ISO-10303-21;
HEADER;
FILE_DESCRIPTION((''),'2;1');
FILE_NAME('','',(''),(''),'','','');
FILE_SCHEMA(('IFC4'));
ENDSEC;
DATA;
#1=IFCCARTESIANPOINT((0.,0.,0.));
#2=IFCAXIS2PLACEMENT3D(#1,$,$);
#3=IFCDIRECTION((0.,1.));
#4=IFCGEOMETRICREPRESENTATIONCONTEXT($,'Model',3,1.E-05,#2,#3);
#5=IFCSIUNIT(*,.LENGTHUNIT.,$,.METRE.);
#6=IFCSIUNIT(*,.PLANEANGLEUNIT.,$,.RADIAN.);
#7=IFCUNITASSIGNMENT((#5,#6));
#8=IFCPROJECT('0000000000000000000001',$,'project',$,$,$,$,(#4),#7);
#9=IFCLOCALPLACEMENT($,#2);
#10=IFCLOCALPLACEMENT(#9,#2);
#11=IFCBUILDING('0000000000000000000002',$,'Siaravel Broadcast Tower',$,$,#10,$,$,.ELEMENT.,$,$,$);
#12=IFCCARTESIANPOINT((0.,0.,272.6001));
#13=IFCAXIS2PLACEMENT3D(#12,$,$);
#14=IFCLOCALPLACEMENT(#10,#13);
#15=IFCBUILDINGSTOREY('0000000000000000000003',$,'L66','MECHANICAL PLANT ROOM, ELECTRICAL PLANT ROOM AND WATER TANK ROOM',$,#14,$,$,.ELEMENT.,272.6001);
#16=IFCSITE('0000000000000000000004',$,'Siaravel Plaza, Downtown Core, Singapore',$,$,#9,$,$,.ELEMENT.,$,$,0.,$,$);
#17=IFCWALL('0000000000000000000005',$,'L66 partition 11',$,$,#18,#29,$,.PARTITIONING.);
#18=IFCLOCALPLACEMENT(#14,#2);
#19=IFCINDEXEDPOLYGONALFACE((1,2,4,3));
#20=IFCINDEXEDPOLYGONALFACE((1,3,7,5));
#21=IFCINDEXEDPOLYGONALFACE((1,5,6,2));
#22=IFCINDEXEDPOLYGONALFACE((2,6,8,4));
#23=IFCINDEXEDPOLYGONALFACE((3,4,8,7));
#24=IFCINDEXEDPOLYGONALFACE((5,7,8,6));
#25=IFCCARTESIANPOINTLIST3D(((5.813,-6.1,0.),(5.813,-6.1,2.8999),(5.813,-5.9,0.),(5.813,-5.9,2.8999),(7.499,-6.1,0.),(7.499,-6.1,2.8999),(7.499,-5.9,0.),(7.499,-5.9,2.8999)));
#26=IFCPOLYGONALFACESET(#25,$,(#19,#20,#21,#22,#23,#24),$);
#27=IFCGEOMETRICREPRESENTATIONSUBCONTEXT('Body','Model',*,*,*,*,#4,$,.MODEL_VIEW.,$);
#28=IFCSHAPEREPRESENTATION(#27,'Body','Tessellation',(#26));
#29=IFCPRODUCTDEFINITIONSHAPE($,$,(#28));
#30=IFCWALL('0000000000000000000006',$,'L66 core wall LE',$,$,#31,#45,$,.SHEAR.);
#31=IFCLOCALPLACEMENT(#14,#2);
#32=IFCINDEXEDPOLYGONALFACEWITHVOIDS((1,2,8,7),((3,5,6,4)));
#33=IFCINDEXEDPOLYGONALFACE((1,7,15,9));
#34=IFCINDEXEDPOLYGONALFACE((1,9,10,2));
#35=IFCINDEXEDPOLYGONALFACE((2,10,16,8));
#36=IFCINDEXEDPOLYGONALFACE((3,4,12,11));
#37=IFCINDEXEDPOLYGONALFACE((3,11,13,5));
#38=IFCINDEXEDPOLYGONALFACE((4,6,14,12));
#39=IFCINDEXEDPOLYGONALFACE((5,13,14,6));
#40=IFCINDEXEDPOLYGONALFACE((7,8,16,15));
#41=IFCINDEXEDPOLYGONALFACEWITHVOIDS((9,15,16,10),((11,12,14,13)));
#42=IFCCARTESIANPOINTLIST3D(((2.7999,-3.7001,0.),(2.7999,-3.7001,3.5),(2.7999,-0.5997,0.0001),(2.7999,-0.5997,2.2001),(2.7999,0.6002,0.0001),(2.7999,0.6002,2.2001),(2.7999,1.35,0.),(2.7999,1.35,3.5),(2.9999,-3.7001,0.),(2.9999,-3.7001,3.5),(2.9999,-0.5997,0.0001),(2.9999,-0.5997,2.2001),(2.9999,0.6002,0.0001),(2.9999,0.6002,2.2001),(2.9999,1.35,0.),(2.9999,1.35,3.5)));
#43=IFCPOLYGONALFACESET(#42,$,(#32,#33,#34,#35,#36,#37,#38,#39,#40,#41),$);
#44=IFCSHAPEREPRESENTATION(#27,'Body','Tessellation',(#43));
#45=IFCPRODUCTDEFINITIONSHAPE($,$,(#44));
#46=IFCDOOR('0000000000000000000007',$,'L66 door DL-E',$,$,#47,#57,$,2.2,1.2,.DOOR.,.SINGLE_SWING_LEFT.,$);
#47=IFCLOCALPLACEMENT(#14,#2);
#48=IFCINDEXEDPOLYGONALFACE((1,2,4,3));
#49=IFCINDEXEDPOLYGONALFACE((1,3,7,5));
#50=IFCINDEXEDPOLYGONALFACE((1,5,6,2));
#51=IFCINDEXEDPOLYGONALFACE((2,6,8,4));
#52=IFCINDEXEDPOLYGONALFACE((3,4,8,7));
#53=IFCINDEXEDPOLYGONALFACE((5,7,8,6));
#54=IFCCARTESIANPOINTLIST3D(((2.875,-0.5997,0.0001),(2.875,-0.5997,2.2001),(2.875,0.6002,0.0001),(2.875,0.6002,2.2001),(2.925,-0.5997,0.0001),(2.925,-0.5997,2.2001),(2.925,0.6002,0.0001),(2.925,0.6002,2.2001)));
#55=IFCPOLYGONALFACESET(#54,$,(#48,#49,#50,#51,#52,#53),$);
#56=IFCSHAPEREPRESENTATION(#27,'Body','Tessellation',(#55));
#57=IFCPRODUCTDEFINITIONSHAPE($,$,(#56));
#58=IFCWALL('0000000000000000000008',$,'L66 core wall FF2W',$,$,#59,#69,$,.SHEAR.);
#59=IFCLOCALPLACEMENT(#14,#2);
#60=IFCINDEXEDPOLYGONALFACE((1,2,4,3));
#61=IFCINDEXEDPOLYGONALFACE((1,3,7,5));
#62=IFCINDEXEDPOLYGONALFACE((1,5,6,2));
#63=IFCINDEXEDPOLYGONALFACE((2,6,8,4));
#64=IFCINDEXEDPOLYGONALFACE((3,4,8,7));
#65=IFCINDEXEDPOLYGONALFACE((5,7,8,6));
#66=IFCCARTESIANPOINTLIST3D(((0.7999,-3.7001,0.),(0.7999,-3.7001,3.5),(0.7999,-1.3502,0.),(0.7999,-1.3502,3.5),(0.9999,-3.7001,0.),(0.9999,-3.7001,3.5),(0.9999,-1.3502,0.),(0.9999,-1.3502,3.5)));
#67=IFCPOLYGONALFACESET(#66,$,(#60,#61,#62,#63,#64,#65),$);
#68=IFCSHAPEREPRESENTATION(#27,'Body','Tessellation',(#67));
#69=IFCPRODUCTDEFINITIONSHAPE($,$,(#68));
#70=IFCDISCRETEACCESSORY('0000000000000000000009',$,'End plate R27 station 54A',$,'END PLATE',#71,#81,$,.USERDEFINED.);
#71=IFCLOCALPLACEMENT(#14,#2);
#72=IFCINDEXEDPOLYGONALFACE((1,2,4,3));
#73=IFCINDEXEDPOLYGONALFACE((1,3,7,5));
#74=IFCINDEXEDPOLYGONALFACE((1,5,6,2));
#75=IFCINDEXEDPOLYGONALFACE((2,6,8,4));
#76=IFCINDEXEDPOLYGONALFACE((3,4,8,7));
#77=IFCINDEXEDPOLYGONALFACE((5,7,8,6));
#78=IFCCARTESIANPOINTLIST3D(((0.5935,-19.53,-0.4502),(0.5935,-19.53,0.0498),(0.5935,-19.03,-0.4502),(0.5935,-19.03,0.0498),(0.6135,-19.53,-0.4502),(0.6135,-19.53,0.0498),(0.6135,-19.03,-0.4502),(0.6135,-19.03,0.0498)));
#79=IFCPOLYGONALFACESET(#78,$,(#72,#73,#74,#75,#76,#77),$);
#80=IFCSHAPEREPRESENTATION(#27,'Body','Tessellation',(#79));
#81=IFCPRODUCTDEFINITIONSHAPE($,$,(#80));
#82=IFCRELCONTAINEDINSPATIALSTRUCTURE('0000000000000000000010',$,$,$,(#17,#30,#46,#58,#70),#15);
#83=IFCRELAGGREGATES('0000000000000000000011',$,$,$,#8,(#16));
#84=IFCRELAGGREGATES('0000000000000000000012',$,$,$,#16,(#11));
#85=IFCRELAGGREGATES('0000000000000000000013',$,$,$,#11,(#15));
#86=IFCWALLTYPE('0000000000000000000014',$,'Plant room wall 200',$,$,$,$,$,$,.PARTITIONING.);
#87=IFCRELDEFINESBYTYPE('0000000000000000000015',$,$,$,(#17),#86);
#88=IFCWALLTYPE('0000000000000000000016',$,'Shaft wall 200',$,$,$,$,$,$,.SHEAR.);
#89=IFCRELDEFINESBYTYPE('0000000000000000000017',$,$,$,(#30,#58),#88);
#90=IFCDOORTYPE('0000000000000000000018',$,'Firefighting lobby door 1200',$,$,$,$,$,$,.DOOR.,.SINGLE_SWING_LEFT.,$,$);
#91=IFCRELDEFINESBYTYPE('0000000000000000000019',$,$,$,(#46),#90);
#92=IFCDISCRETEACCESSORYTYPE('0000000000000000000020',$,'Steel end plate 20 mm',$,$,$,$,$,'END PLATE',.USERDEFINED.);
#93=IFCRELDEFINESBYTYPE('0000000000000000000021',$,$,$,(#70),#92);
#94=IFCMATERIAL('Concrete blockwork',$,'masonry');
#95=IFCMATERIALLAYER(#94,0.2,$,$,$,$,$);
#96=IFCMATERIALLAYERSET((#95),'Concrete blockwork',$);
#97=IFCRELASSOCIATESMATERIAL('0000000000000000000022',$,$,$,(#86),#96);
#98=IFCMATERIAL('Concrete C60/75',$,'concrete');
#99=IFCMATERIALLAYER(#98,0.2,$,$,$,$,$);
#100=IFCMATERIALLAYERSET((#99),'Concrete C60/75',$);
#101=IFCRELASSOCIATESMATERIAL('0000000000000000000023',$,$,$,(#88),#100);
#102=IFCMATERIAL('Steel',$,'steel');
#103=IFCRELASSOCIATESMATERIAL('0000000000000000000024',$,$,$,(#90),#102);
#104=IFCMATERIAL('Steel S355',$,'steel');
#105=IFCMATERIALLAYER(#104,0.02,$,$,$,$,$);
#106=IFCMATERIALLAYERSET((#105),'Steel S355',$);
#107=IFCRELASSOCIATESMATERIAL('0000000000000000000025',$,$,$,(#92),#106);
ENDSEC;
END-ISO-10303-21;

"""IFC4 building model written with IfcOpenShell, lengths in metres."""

from ifc_helpers import new_model, si_unit, direction, frame, frame_2d, origin, origin_2d, place, context, subcontext, project, spatial, rectangle, extrude, material, layer, layer_set, type_object, element, fill, save


model = new_model("IFC4")

# Units and contexts
model_context = context("Model", 3, precision=1e-05, world=origin(), true_north=direction((0.0, 1.0)))
body_context = subcontext(model_context, "Body", "Model", "MODEL_VIEW")
ifc_project = project(units=[si_unit("LENGTHUNIT", "METRE"), si_unit("PLANEANGLEUNIT", "RADIAN")], contexts=[model_context])

# Site, building, storey
site_placement = place(None, origin())
site = spatial("IfcSite", under=ifc_project, at=site_placement, Name="Siaravel Plaza, Downtown Core, Singapore", CompositionType="ELEMENT", RefElevation=0.0)
building_placement = place(site_placement, origin())
building = spatial("IfcBuilding", under=site, at=building_placement, Name="Siaravel Broadcast Tower", CompositionType="ELEMENT")
storey_placement = place(building_placement, frame((0.0, 0.0, 272.6001)))
storey = spatial("IfcBuildingStorey", under=building, at=storey_placement, Name="L66", Description="MECHANICAL PLANT ROOM, ELECTRICAL PLANT ROOM AND WATER TANK ROOM", CompositionType="ELEMENT", Elevation=272.6001)

# Shared definitions
ifc_material_1 = material(Name="Concrete C60/75", Category="concrete")
ifc_material_2 = material(Name="Steel", Category="steel")
ifc_material_3 = material(Name="Concrete blockwork", Category="masonry")
ifc_layer_1 = layer(ifc_material_3, 0.2)
ifc_layer_set_1 = layer_set([ifc_layer_1], Name="Concrete blockwork")
wall_type_1 = type_object("IfcWallType", Name="Plant room wall 200", PredefinedType="PARTITIONING", material=ifc_layer_set_1)

# Wall
wall_1_placement = place(storey_placement, frame((5.813, -6.0, 0.0), z_axis=(0.0, 0.0, 1.0), x_axis=(1.0, 0.0, 0.0)))
element("IfcWall", 1, at=wall_1_placement, inside=storey, type_object=wall_type_1, Name="L66 partition 11", PredefinedType="PARTITIONING", context=body_context, shape_type="SweptSolid", body=[
    extrude(rectangle(XDim=1.686, YDim=0.2, at=frame_2d((0.843, 0.0))), origin(), (0.0, 0.0, 1.0), 2.8999),
])

# Wall, opening, door
ifc_layer_2 = layer(ifc_material_1, 0.2)
ifc_layer_set_2 = layer_set([ifc_layer_2], Name="Concrete C60/75")
wall_type_2 = type_object("IfcWallType", Name="Shaft wall 200", PredefinedType="SHEAR", material=ifc_layer_set_2)
wall_2_placement = place(storey_placement, frame((2.8999, -3.7, 0.0), z_axis=(0.0, 0.0, 1.0), x_axis=(0.0, 1.0, 0.0)))
wall_2 = element("IfcWall", 2, at=wall_2_placement, inside=storey, type_object=wall_type_2, Name="L66 core wall LE", PredefinedType="SHEAR", context=body_context, shape_type="SweptSolid", body=[
    extrude(rectangle(XDim=5.05, YDim=0.2, at=frame_2d((2.5249, 0.0))), origin(), (0.0, 0.0, 1.0), 3.5),
])
opening_1_placement = place(wall_2_placement, frame((3.1001, 0.0, 0.0)))
opening_1 = element("IfcOpeningElement", 3, at=opening_1_placement, cuts=wall_2, PredefinedType="OPENING", context=body_context, shape_type="SweptSolid", body=[
    extrude(rectangle(XDim=1.2, YDim=2.2, at=frame_2d((0.6001, 1.1001))), frame((0.0, 0.1099, 0.0), z_axis=(0.0, -1.0, 0.0), x_axis=(1.0, 0.0, 0.0)), (0.0, 0.0, 1.0), 0.22),
])
door_type_1 = type_object("IfcDoorType", Name="Firefighting lobby door 1200", OperationType="SINGLE_SWING_LEFT", PredefinedType="DOOR", material=ifc_material_2)
door_1_placement = place(opening_1_placement, origin())
door_1 = element("IfcDoor", 4, at=door_1_placement, inside=storey, type_object=door_type_1, Name="L66 door DL-E", OperationType="SINGLE_SWING_LEFT", OverallHeight=2.2, OverallWidth=1.2, PredefinedType="DOOR", context=body_context, shape_type="SweptSolid", body=[
    extrude(rectangle(XDim=1.2, YDim=2.2, at=frame_2d((0.6001, 1.1001))), frame((0.0, 0.0249, 0.0), z_axis=(0.0, -1.0, 0.0), x_axis=(1.0, 0.0, 0.0)), (0.0, 0.0, 1.0), 0.05),
])
fill(opening_1, door_1)

# Wall
wall_3_placement = place(storey_placement, frame((0.8999, -3.7, 0.0), z_axis=(0.0, 0.0, 1.0), x_axis=(0.0, 1.0, 0.0)))
element("IfcWall", 5, at=wall_3_placement, inside=storey, type_object=wall_type_2, Name="L66 core wall FF2W", PredefinedType="SHEAR", context=body_context, shape_type="SweptSolid", body=[
    extrude(rectangle(XDim=2.3499, YDim=0.2, at=frame_2d((1.1748, 0.0))), origin(), (0.0, 0.0, 1.0), 3.5),
])

# Discrete accessory
ifc_material_4 = material(Name="Steel S355", Category="steel")
ifc_layer_3 = layer(ifc_material_4, 0.02)
ifc_layer_set_3 = layer_set([ifc_layer_3], Name="Steel S355")
discrete_accessory_type = type_object("IfcDiscreteAccessoryType", Name="Steel end plate 20 mm", ElementType="END PLATE", PredefinedType="USERDEFINED", material=ifc_layer_set_3)
discrete_accessory_placement = place(storey_placement, frame((0.6035, -19.28, -0.4502), z_axis=(0.0, 0.0, 1.0), x_axis=(1.0, 0.0, 0.0)))
element("IfcDiscreteAccessory", 6, at=discrete_accessory_placement, inside=storey, type_object=discrete_accessory_type, Name="End plate R27 station 54A", ObjectType="END PLATE", PredefinedType="USERDEFINED", context=body_context, shape_type="SweptSolid", body=[
    extrude(rectangle(XDim=0.02, YDim=0.5, at=origin_2d()), origin(), (0.0, 0.0, 1.0), 0.5),
])

save(model, "model.ifc")
